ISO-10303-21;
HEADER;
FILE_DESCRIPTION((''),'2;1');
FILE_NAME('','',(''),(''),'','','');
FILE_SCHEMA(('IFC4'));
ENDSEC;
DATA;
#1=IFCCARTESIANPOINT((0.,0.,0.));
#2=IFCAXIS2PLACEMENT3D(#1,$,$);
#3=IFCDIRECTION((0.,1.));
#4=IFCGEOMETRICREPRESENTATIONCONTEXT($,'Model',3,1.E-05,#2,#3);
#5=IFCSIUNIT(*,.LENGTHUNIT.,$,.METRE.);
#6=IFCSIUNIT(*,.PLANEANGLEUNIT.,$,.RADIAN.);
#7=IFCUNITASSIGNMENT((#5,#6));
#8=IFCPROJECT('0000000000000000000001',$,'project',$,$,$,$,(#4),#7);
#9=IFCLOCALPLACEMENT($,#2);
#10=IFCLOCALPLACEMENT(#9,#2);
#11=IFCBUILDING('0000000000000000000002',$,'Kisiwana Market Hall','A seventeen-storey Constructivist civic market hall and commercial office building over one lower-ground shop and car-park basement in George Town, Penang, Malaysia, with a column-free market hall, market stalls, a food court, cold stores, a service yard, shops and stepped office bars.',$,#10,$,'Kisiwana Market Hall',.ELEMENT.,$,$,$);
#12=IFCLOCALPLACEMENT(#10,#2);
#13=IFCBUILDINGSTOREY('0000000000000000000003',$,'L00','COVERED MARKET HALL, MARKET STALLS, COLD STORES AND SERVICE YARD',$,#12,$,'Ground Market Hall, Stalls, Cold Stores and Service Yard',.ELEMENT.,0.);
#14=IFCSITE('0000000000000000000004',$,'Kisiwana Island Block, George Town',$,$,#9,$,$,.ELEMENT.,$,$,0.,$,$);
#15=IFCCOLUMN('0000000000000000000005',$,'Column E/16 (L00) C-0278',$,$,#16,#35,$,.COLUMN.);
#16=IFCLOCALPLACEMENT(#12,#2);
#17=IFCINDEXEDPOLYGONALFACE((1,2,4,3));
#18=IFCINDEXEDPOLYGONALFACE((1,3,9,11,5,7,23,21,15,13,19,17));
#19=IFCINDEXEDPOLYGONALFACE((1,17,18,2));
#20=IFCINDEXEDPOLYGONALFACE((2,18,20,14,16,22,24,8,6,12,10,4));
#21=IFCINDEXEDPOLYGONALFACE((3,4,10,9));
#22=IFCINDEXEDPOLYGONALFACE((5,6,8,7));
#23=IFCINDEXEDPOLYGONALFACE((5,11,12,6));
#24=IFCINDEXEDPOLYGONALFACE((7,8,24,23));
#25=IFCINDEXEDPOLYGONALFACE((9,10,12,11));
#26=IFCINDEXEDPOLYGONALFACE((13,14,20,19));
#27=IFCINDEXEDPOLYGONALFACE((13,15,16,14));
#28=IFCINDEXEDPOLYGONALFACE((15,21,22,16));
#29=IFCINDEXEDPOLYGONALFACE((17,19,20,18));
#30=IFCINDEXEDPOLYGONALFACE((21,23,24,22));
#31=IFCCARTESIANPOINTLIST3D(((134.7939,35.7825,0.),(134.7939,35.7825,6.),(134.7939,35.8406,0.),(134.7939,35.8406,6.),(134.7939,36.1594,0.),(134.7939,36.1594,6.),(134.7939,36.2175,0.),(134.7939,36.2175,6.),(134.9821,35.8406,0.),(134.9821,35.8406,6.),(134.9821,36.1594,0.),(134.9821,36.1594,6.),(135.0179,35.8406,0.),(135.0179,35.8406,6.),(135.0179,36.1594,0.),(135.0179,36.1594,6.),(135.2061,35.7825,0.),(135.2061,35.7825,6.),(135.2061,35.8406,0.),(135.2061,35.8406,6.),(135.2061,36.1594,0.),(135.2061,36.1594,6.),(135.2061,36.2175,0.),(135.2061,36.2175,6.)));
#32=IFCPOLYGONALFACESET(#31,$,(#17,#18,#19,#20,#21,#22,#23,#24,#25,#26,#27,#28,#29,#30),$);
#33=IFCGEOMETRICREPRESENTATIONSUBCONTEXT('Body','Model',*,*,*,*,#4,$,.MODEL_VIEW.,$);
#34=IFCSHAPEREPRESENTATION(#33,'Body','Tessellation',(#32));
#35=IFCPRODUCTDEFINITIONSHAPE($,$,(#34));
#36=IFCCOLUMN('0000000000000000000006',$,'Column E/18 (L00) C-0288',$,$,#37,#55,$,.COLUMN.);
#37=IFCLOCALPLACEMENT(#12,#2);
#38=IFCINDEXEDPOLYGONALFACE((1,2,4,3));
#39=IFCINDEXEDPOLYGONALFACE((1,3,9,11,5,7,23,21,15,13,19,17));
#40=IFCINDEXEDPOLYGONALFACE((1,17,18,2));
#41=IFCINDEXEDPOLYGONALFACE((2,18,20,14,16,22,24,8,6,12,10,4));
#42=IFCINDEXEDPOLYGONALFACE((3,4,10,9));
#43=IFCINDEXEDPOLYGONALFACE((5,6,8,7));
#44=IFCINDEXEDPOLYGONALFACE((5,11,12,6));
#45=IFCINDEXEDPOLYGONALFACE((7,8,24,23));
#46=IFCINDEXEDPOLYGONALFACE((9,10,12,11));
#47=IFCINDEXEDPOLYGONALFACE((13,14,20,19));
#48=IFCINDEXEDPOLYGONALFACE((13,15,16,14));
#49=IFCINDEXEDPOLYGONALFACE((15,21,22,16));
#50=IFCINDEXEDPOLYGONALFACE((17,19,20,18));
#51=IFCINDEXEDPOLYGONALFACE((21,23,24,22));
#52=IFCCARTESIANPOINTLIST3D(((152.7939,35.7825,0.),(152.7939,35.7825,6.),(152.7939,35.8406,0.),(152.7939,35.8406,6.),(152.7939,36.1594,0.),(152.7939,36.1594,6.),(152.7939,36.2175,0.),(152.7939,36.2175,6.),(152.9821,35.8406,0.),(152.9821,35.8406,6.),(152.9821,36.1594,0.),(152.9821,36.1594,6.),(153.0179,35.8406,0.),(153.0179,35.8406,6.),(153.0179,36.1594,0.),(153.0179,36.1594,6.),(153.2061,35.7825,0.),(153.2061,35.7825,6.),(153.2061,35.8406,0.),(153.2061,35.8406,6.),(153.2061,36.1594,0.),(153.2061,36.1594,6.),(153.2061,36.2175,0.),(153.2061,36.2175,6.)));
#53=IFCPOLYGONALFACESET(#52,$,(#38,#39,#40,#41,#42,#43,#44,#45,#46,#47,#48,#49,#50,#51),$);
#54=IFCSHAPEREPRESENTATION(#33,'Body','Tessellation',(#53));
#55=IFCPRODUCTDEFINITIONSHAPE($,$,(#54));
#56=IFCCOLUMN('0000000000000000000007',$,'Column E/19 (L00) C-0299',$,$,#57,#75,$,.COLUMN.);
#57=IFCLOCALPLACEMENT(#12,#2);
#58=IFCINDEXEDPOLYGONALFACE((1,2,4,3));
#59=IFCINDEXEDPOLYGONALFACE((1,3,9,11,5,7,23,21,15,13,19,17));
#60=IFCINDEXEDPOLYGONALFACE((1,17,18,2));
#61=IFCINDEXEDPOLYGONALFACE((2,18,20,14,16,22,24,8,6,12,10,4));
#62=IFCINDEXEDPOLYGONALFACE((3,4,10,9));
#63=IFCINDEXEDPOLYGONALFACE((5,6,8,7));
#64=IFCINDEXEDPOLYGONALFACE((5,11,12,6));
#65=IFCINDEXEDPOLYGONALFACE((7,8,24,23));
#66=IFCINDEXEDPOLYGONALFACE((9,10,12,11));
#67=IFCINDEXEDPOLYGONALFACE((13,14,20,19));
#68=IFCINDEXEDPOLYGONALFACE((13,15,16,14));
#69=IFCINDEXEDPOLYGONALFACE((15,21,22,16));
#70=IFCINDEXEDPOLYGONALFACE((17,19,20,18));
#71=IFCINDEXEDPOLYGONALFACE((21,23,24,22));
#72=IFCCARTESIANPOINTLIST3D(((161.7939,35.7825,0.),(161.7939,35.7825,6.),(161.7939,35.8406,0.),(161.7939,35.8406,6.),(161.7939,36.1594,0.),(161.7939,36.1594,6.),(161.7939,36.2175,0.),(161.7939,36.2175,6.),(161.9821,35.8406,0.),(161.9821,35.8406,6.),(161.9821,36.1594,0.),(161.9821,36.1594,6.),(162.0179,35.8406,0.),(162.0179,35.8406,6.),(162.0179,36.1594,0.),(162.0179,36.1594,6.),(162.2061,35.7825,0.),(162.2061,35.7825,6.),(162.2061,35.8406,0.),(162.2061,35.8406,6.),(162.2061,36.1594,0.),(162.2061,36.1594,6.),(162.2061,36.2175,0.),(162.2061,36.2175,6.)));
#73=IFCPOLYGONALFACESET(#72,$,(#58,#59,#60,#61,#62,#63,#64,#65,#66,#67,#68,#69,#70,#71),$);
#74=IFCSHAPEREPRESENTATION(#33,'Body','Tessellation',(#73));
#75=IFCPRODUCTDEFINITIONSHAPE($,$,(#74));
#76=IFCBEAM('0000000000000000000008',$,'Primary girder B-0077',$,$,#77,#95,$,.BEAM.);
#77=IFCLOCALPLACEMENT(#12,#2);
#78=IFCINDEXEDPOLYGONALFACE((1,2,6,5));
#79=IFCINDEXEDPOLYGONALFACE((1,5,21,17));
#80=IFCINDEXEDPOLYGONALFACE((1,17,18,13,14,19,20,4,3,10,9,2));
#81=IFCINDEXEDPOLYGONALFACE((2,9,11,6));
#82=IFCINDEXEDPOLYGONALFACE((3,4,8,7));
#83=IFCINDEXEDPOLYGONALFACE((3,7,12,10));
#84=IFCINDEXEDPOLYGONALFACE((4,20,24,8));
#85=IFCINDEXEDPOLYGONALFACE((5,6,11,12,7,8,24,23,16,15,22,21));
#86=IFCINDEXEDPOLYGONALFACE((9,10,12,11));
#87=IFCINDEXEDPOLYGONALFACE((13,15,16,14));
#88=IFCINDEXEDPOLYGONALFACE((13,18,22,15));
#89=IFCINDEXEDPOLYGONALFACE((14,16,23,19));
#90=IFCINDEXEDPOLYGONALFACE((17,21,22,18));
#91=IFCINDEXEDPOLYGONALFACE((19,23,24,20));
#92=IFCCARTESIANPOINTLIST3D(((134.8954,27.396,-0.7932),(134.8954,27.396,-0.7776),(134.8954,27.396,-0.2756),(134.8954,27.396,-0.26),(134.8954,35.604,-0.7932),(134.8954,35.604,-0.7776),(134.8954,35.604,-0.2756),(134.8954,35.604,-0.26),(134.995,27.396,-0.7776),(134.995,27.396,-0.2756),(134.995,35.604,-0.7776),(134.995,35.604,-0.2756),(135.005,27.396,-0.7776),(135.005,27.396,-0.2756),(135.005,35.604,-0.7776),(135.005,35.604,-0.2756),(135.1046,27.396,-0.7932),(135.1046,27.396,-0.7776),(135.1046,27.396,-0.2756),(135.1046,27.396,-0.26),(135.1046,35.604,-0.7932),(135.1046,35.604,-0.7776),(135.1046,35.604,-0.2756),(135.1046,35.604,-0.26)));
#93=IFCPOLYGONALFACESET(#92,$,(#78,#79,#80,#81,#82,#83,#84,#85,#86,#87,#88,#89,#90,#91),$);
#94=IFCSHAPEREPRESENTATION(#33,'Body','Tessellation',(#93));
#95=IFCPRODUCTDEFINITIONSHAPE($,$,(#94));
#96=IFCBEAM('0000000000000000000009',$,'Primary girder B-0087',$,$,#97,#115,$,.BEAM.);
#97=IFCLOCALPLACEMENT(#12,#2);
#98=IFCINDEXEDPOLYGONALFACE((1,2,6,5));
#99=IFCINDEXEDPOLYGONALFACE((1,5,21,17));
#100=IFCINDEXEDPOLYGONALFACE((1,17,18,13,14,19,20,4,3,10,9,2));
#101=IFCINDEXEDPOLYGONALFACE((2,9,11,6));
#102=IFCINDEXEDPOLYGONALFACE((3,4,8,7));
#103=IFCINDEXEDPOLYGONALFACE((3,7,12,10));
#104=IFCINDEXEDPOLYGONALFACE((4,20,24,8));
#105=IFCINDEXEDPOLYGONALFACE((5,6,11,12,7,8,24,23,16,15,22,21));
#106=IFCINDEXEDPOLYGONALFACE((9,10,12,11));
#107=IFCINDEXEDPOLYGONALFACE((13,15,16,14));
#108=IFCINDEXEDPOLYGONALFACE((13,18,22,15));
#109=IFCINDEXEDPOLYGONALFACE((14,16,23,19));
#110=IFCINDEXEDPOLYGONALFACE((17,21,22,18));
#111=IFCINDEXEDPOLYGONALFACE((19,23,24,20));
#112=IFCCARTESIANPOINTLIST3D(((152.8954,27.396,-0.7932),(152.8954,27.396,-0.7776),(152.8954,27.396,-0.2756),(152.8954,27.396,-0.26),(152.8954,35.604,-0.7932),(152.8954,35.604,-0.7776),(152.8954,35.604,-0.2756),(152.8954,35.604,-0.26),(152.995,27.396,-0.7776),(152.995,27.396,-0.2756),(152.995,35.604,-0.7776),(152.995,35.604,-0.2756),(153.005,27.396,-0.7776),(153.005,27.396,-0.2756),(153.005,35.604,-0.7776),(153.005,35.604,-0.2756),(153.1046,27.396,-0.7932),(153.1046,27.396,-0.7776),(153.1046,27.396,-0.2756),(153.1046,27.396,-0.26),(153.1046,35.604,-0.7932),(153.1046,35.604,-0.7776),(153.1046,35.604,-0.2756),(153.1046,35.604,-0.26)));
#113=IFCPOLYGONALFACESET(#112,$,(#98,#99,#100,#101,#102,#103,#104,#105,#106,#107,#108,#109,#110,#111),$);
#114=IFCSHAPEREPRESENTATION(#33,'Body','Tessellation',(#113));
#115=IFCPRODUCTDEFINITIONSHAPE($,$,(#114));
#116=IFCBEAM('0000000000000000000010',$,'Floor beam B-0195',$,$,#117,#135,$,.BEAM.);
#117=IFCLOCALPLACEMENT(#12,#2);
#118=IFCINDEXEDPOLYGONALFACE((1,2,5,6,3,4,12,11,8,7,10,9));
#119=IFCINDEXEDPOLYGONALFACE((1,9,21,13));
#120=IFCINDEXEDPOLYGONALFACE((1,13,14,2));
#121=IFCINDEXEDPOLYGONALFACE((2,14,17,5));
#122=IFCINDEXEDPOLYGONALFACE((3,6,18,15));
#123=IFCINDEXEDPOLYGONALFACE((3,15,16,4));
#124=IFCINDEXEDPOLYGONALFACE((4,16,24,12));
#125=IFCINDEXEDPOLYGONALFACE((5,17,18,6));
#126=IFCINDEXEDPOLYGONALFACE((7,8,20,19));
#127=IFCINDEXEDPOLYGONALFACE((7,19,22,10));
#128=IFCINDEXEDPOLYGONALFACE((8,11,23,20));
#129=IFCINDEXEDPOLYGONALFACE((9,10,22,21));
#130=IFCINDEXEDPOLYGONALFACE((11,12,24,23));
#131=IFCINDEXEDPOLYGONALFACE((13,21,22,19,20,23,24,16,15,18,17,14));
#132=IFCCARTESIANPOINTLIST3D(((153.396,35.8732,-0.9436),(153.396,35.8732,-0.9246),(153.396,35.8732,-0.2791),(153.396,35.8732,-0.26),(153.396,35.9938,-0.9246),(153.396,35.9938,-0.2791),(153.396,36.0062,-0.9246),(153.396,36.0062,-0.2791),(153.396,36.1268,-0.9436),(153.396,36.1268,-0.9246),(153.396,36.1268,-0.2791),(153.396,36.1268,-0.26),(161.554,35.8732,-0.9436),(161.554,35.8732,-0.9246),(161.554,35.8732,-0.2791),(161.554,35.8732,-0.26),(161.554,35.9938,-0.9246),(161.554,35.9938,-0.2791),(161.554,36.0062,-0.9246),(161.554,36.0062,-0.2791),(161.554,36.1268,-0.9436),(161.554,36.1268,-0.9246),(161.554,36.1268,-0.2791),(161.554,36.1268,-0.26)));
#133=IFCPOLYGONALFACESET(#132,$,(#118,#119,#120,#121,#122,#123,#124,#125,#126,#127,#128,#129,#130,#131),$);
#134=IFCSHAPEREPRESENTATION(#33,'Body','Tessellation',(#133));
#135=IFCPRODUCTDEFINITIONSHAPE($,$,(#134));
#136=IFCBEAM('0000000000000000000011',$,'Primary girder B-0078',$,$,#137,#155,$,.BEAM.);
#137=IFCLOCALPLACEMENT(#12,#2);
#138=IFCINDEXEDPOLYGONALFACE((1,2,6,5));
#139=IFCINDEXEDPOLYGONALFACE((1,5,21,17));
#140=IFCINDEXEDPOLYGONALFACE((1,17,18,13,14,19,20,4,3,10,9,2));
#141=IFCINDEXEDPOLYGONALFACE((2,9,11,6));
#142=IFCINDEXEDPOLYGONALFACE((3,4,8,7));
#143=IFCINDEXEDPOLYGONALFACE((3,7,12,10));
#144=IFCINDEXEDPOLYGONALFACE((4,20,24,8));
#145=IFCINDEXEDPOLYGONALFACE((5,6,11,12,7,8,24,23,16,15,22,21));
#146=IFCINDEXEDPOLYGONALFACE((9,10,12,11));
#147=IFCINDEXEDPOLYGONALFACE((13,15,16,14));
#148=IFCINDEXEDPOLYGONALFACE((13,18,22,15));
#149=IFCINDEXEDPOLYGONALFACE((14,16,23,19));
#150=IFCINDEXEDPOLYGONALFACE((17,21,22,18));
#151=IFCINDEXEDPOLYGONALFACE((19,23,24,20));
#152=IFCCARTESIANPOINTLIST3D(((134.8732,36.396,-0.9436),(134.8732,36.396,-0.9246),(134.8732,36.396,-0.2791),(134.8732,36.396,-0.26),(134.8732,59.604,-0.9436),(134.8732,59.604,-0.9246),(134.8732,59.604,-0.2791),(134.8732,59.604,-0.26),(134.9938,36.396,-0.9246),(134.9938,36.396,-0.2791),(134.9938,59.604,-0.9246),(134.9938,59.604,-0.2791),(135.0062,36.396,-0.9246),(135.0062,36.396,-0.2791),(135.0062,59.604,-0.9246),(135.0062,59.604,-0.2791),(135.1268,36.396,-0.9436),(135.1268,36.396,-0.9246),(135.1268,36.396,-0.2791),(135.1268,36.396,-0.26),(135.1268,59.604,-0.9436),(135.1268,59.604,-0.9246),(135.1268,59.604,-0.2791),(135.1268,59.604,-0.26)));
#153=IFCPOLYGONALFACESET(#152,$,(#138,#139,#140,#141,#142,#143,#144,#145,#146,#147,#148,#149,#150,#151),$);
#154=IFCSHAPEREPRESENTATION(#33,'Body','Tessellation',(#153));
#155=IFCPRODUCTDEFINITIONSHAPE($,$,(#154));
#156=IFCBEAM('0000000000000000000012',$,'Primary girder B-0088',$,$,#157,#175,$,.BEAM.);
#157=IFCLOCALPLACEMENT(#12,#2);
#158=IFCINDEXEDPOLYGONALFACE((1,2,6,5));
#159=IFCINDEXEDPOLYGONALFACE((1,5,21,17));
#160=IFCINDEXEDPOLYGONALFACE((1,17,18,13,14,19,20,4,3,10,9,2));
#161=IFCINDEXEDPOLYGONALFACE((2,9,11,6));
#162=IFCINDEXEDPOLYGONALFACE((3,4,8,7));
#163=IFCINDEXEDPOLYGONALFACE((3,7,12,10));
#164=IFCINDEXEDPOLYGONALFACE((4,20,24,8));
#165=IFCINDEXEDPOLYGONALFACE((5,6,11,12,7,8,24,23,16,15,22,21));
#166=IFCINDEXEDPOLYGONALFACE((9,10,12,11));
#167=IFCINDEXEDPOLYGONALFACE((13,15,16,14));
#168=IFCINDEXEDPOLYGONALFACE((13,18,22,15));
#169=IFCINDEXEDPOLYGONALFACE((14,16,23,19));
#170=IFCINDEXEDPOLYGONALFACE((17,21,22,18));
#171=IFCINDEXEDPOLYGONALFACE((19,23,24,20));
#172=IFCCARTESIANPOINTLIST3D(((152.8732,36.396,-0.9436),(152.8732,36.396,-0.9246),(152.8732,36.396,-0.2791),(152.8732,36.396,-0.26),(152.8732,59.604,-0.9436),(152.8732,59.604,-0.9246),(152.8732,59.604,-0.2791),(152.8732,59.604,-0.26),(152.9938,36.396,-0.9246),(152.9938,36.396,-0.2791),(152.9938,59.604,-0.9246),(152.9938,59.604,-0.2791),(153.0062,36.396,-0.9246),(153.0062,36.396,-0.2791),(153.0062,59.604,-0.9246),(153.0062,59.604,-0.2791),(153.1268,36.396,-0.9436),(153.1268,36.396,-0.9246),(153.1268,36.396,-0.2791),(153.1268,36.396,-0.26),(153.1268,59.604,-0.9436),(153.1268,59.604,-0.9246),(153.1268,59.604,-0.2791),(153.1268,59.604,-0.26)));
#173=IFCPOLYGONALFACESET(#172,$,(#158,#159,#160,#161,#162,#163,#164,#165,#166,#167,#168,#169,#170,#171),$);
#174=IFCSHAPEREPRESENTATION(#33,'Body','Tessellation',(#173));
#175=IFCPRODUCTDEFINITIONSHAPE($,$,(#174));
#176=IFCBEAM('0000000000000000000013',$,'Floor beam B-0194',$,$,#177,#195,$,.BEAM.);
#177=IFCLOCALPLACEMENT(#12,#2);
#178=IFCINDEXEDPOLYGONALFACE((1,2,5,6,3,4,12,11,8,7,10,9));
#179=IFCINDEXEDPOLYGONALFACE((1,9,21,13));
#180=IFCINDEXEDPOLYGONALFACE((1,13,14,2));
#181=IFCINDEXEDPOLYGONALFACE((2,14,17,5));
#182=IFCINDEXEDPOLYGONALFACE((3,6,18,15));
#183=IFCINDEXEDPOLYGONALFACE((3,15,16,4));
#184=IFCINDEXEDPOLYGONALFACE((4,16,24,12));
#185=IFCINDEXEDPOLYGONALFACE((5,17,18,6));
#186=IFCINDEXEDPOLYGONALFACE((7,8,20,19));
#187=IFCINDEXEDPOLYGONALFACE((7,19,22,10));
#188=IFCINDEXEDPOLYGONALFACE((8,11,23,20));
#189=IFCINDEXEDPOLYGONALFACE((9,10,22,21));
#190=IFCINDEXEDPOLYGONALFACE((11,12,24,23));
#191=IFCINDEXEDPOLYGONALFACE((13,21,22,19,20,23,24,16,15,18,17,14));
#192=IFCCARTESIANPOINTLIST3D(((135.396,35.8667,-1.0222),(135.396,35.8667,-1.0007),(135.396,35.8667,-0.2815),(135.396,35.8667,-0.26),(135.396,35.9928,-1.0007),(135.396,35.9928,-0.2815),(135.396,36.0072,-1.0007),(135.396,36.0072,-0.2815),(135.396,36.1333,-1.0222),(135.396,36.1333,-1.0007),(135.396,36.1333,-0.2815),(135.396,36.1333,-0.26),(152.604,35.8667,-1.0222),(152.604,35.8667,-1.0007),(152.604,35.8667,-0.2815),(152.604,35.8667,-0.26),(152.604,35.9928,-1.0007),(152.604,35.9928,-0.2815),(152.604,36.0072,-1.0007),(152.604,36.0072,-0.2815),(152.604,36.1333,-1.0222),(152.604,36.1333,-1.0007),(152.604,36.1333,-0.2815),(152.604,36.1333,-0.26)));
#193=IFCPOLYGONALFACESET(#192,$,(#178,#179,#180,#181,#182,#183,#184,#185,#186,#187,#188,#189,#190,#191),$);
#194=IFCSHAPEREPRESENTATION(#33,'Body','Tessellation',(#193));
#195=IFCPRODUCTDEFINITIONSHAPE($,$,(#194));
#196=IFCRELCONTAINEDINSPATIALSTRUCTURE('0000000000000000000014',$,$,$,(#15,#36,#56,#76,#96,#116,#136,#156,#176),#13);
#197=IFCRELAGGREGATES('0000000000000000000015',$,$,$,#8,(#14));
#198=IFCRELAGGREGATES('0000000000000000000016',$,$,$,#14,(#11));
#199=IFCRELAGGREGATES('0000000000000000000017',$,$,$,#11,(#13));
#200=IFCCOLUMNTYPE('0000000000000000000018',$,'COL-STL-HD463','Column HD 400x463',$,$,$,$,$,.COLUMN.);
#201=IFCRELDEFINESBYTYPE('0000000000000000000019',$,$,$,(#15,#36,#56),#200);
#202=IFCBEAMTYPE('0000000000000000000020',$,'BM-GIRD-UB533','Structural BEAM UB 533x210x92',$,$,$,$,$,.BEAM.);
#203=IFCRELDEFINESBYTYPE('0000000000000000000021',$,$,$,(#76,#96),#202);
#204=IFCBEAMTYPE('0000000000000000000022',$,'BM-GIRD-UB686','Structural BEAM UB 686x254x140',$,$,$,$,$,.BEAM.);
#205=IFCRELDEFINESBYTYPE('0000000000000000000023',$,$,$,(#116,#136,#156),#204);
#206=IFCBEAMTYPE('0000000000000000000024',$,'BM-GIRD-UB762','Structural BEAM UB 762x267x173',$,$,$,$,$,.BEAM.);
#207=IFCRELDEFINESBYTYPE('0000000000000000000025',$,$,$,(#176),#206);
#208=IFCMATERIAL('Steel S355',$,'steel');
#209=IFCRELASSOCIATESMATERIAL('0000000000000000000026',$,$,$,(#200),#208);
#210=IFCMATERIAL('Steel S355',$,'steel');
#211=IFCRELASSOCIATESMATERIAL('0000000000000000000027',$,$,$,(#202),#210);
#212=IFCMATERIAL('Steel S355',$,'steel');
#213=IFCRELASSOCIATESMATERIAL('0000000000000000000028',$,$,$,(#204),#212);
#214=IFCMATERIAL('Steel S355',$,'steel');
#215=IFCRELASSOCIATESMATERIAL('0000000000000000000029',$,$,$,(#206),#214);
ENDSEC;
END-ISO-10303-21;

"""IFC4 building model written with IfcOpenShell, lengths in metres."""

from ifc_helpers import new_model, si_unit, direction, frame, origin, origin_2d, place, context, subcontext, project, spatial, i_section, extrude, material, material_profile, profile_set, type_object, element, save


model = new_model("IFC4")

# Units and contexts
model_context = context("Model", 3, precision=1e-05, world=origin(), true_north=direction((0.0, 1.0)))
body_context = subcontext(model_context, "Body", "Model", "MODEL_VIEW")
ifc_project = project(units=[si_unit("LENGTHUNIT", "METRE"), si_unit("PLANEANGLEUNIT", "RADIAN")], contexts=[model_context])

# Site, building, storey
site_placement = place(None, origin())
site = spatial("IfcSite", under=ifc_project, at=site_placement, Name="Kisiwana Island Block, George Town", CompositionType="ELEMENT", RefElevation=0.0)
building_placement = place(site_placement, origin())
building = spatial("IfcBuilding", under=site, at=building_placement, Name="Kisiwana Market Hall", Description="A seventeen-storey Constructivist civic market hall and commercial office building over one lower-ground shop and car-park basement in George Town, Penang, Malaysia, with a column-free market hall, market stalls, a food court, cold stores, a service yard, shops and stepped office bars.", LongName="Kisiwana Market Hall", CompositionType="ELEMENT")
storey_placement = place(building_placement, origin())
storey = spatial("IfcBuildingStorey", under=building, at=storey_placement, Name="L00", Description="COVERED MARKET HALL, MARKET STALLS, COLD STORES AND SERVICE YARD", LongName="Ground Market Hall, Stalls, Cold Stores and Service Yard", CompositionType="ELEMENT", Elevation=0.0)

# Columns
ifc_material_1 = material(Name="Steel S355", Category="steel")
ifc_material_profile_1 = material_profile(ifc_material_1, i_section(OverallWidth=0.4121, OverallDepth=0.4351, WebThickness=0.0359, FlangeThickness=0.0581, at=origin_2d()), Name="HD 400x463")
ifc_profile_set_1 = profile_set([ifc_material_profile_1], Name="Steel S355")
column_type = type_object("IfcColumnType", Name="COL-STL-HD463", Description="Column HD 400x463", PredefinedType="COLUMN", material=ifc_profile_set_1)
for number, where, z_axis, x_axis, name in (
    (1, (135.0, 36.0, 0.0), (0.0, 0.0, 1.0), (1.0, 0.0, 0.0), "Column E/16 (L00) C-0278"),
    (2, (153.0, 36.0, 0.0), (0.0, 0.0, 1.0), (1.0, 0.0, 0.0), "Column E/18 (L00) C-0288"),
    (3, (162.0, 36.0, 0.0), (0.0, 0.0, 1.0), (1.0, 0.0, 0.0), "Column E/19 (L00) C-0299"),
):
    element("IfcColumn", number, at=place(storey_placement, frame(where, z_axis=z_axis, x_axis=x_axis)), inside=storey, type_object=column_type, Name=name, PredefinedType="COLUMN", context=body_context, shape_type="SweptSolid", body=[
        extrude(i_section(OverallWidth=0.4121, OverallDepth=0.4351, WebThickness=0.0359, FlangeThickness=0.0581, at=origin_2d()), origin(), (0.0, 0.0, 1.0), 6.0),
    ])

# Beams
ifc_material_2 = material(Name="Steel S355", Category="steel")
ifc_material_profile_2 = material_profile(ifc_material_2, i_section(OverallWidth=0.2092, OverallDepth=0.5332, WebThickness=0.01, FlangeThickness=0.0156, at=origin_2d()), Name="UB 533x210x92")
ifc_profile_set_2 = profile_set([ifc_material_profile_2], Name="Steel S355")
beam_type_1 = type_object("IfcBeamType", Name="BM-GIRD-UB533", Description="Structural BEAM UB 533x210x92", PredefinedType="BEAM", material=ifc_profile_set_2)
for number, where, z_axis, x_axis, name in (
    (4, (135.0, 27.396, -0.5266), (0.0, 1.0, 0.0), (-1.0, 0.0, 0.0), "Primary girder B-0077"),
    (5, (153.0, 27.396, -0.5266), (0.0, 1.0, 0.0), (-1.0, 0.0, 0.0), "Primary girder B-0087"),
):
    element("IfcBeam", number, at=place(storey_placement, frame(where, z_axis=z_axis, x_axis=x_axis)), inside=storey, type_object=beam_type_1, Name=name, PredefinedType="BEAM", context=body_context, shape_type="SweptSolid", body=[
        extrude(i_section(OverallWidth=0.2092, OverallDepth=0.5332, WebThickness=0.01, FlangeThickness=0.0156, at=origin_2d()), origin(), (0.0, 0.0, 1.0), 8.208),
    ])
ifc_material_3 = material(Name="Steel S355", Category="steel")
ifc_material_profile_3 = material_profile(ifc_material_3, i_section(OverallWidth=0.2537, OverallDepth=0.6836, WebThickness=0.0125, FlangeThickness=0.019, at=origin_2d()), Name="UB 686x254x140")
ifc_profile_set_3 = profile_set([ifc_material_profile_3], Name="Steel S355")
beam_type_2 = type_object("IfcBeamType", Name="BM-GIRD-UB686", Description="Structural BEAM UB 686x254x140", PredefinedType="BEAM", material=ifc_profile_set_3)
beam_1_placement = place(storey_placement, frame((153.396, 36.0, -0.6018), z_axis=(1.0, 0.0, 0.0), x_axis=(0.0, 1.0, 0.0)))
element("IfcBeam", 6, at=beam_1_placement, inside=storey, type_object=beam_type_2, Name="Floor beam B-0195", PredefinedType="BEAM", context=body_context, shape_type="SweptSolid", body=[
    extrude(i_section(OverallWidth=0.2537, OverallDepth=0.6836, WebThickness=0.0125, FlangeThickness=0.019, at=origin_2d()), origin(), (0.0, 0.0, 1.0), 8.158),
])
for number, where, z_axis, x_axis, name in (
    (7, (135.0, 36.396, -0.6018), (0.0, 1.0, 0.0), (-1.0, 0.0, 0.0), "Primary girder B-0078"),
    (8, (153.0, 36.396, -0.6018), (0.0, 1.0, 0.0), (-1.0, 0.0, 0.0), "Primary girder B-0088"),
):
    element("IfcBeam", number, at=place(storey_placement, frame(where, z_axis=z_axis, x_axis=x_axis)), inside=storey, type_object=beam_type_2, Name=name, PredefinedType="BEAM", context=body_context, shape_type="SweptSolid", body=[
        extrude(i_section(OverallWidth=0.2537, OverallDepth=0.6836, WebThickness=0.0125, FlangeThickness=0.019, at=origin_2d()), origin(), (0.0, 0.0, 1.0), 23.208),
    ])
ifc_material_4 = material(Name="Steel S355", Category="steel")
ifc_material_profile_4 = material_profile(ifc_material_4, i_section(OverallWidth=0.2666, OverallDepth=0.7622, WebThickness=0.0144, FlangeThickness=0.0215, at=origin_2d()), Name="UB 762x267x173")
ifc_profile_set_4 = profile_set([ifc_material_profile_4], Name="Steel S355")
beam_type_3 = type_object("IfcBeamType", Name="BM-GIRD-UB762", Description="Structural BEAM UB 762x267x173", PredefinedType="BEAM", material=ifc_profile_set_4)
beam_2_placement = place(storey_placement, frame((135.396, 36.0, -0.6411), z_axis=(1.0, 0.0, 0.0), x_axis=(0.0, 1.0, 0.0)))
element("IfcBeam", 9, at=beam_2_placement, inside=storey, type_object=beam_type_3, Name="Floor beam B-0194", PredefinedType="BEAM", context=body_context, shape_type="SweptSolid", body=[
    extrude(i_section(OverallWidth=0.2666, OverallDepth=0.7622, WebThickness=0.0144, FlangeThickness=0.0215, at=origin_2d()), origin(), (0.0, 0.0, 1.0), 17.208),
])

save(model, "model.ifc")
